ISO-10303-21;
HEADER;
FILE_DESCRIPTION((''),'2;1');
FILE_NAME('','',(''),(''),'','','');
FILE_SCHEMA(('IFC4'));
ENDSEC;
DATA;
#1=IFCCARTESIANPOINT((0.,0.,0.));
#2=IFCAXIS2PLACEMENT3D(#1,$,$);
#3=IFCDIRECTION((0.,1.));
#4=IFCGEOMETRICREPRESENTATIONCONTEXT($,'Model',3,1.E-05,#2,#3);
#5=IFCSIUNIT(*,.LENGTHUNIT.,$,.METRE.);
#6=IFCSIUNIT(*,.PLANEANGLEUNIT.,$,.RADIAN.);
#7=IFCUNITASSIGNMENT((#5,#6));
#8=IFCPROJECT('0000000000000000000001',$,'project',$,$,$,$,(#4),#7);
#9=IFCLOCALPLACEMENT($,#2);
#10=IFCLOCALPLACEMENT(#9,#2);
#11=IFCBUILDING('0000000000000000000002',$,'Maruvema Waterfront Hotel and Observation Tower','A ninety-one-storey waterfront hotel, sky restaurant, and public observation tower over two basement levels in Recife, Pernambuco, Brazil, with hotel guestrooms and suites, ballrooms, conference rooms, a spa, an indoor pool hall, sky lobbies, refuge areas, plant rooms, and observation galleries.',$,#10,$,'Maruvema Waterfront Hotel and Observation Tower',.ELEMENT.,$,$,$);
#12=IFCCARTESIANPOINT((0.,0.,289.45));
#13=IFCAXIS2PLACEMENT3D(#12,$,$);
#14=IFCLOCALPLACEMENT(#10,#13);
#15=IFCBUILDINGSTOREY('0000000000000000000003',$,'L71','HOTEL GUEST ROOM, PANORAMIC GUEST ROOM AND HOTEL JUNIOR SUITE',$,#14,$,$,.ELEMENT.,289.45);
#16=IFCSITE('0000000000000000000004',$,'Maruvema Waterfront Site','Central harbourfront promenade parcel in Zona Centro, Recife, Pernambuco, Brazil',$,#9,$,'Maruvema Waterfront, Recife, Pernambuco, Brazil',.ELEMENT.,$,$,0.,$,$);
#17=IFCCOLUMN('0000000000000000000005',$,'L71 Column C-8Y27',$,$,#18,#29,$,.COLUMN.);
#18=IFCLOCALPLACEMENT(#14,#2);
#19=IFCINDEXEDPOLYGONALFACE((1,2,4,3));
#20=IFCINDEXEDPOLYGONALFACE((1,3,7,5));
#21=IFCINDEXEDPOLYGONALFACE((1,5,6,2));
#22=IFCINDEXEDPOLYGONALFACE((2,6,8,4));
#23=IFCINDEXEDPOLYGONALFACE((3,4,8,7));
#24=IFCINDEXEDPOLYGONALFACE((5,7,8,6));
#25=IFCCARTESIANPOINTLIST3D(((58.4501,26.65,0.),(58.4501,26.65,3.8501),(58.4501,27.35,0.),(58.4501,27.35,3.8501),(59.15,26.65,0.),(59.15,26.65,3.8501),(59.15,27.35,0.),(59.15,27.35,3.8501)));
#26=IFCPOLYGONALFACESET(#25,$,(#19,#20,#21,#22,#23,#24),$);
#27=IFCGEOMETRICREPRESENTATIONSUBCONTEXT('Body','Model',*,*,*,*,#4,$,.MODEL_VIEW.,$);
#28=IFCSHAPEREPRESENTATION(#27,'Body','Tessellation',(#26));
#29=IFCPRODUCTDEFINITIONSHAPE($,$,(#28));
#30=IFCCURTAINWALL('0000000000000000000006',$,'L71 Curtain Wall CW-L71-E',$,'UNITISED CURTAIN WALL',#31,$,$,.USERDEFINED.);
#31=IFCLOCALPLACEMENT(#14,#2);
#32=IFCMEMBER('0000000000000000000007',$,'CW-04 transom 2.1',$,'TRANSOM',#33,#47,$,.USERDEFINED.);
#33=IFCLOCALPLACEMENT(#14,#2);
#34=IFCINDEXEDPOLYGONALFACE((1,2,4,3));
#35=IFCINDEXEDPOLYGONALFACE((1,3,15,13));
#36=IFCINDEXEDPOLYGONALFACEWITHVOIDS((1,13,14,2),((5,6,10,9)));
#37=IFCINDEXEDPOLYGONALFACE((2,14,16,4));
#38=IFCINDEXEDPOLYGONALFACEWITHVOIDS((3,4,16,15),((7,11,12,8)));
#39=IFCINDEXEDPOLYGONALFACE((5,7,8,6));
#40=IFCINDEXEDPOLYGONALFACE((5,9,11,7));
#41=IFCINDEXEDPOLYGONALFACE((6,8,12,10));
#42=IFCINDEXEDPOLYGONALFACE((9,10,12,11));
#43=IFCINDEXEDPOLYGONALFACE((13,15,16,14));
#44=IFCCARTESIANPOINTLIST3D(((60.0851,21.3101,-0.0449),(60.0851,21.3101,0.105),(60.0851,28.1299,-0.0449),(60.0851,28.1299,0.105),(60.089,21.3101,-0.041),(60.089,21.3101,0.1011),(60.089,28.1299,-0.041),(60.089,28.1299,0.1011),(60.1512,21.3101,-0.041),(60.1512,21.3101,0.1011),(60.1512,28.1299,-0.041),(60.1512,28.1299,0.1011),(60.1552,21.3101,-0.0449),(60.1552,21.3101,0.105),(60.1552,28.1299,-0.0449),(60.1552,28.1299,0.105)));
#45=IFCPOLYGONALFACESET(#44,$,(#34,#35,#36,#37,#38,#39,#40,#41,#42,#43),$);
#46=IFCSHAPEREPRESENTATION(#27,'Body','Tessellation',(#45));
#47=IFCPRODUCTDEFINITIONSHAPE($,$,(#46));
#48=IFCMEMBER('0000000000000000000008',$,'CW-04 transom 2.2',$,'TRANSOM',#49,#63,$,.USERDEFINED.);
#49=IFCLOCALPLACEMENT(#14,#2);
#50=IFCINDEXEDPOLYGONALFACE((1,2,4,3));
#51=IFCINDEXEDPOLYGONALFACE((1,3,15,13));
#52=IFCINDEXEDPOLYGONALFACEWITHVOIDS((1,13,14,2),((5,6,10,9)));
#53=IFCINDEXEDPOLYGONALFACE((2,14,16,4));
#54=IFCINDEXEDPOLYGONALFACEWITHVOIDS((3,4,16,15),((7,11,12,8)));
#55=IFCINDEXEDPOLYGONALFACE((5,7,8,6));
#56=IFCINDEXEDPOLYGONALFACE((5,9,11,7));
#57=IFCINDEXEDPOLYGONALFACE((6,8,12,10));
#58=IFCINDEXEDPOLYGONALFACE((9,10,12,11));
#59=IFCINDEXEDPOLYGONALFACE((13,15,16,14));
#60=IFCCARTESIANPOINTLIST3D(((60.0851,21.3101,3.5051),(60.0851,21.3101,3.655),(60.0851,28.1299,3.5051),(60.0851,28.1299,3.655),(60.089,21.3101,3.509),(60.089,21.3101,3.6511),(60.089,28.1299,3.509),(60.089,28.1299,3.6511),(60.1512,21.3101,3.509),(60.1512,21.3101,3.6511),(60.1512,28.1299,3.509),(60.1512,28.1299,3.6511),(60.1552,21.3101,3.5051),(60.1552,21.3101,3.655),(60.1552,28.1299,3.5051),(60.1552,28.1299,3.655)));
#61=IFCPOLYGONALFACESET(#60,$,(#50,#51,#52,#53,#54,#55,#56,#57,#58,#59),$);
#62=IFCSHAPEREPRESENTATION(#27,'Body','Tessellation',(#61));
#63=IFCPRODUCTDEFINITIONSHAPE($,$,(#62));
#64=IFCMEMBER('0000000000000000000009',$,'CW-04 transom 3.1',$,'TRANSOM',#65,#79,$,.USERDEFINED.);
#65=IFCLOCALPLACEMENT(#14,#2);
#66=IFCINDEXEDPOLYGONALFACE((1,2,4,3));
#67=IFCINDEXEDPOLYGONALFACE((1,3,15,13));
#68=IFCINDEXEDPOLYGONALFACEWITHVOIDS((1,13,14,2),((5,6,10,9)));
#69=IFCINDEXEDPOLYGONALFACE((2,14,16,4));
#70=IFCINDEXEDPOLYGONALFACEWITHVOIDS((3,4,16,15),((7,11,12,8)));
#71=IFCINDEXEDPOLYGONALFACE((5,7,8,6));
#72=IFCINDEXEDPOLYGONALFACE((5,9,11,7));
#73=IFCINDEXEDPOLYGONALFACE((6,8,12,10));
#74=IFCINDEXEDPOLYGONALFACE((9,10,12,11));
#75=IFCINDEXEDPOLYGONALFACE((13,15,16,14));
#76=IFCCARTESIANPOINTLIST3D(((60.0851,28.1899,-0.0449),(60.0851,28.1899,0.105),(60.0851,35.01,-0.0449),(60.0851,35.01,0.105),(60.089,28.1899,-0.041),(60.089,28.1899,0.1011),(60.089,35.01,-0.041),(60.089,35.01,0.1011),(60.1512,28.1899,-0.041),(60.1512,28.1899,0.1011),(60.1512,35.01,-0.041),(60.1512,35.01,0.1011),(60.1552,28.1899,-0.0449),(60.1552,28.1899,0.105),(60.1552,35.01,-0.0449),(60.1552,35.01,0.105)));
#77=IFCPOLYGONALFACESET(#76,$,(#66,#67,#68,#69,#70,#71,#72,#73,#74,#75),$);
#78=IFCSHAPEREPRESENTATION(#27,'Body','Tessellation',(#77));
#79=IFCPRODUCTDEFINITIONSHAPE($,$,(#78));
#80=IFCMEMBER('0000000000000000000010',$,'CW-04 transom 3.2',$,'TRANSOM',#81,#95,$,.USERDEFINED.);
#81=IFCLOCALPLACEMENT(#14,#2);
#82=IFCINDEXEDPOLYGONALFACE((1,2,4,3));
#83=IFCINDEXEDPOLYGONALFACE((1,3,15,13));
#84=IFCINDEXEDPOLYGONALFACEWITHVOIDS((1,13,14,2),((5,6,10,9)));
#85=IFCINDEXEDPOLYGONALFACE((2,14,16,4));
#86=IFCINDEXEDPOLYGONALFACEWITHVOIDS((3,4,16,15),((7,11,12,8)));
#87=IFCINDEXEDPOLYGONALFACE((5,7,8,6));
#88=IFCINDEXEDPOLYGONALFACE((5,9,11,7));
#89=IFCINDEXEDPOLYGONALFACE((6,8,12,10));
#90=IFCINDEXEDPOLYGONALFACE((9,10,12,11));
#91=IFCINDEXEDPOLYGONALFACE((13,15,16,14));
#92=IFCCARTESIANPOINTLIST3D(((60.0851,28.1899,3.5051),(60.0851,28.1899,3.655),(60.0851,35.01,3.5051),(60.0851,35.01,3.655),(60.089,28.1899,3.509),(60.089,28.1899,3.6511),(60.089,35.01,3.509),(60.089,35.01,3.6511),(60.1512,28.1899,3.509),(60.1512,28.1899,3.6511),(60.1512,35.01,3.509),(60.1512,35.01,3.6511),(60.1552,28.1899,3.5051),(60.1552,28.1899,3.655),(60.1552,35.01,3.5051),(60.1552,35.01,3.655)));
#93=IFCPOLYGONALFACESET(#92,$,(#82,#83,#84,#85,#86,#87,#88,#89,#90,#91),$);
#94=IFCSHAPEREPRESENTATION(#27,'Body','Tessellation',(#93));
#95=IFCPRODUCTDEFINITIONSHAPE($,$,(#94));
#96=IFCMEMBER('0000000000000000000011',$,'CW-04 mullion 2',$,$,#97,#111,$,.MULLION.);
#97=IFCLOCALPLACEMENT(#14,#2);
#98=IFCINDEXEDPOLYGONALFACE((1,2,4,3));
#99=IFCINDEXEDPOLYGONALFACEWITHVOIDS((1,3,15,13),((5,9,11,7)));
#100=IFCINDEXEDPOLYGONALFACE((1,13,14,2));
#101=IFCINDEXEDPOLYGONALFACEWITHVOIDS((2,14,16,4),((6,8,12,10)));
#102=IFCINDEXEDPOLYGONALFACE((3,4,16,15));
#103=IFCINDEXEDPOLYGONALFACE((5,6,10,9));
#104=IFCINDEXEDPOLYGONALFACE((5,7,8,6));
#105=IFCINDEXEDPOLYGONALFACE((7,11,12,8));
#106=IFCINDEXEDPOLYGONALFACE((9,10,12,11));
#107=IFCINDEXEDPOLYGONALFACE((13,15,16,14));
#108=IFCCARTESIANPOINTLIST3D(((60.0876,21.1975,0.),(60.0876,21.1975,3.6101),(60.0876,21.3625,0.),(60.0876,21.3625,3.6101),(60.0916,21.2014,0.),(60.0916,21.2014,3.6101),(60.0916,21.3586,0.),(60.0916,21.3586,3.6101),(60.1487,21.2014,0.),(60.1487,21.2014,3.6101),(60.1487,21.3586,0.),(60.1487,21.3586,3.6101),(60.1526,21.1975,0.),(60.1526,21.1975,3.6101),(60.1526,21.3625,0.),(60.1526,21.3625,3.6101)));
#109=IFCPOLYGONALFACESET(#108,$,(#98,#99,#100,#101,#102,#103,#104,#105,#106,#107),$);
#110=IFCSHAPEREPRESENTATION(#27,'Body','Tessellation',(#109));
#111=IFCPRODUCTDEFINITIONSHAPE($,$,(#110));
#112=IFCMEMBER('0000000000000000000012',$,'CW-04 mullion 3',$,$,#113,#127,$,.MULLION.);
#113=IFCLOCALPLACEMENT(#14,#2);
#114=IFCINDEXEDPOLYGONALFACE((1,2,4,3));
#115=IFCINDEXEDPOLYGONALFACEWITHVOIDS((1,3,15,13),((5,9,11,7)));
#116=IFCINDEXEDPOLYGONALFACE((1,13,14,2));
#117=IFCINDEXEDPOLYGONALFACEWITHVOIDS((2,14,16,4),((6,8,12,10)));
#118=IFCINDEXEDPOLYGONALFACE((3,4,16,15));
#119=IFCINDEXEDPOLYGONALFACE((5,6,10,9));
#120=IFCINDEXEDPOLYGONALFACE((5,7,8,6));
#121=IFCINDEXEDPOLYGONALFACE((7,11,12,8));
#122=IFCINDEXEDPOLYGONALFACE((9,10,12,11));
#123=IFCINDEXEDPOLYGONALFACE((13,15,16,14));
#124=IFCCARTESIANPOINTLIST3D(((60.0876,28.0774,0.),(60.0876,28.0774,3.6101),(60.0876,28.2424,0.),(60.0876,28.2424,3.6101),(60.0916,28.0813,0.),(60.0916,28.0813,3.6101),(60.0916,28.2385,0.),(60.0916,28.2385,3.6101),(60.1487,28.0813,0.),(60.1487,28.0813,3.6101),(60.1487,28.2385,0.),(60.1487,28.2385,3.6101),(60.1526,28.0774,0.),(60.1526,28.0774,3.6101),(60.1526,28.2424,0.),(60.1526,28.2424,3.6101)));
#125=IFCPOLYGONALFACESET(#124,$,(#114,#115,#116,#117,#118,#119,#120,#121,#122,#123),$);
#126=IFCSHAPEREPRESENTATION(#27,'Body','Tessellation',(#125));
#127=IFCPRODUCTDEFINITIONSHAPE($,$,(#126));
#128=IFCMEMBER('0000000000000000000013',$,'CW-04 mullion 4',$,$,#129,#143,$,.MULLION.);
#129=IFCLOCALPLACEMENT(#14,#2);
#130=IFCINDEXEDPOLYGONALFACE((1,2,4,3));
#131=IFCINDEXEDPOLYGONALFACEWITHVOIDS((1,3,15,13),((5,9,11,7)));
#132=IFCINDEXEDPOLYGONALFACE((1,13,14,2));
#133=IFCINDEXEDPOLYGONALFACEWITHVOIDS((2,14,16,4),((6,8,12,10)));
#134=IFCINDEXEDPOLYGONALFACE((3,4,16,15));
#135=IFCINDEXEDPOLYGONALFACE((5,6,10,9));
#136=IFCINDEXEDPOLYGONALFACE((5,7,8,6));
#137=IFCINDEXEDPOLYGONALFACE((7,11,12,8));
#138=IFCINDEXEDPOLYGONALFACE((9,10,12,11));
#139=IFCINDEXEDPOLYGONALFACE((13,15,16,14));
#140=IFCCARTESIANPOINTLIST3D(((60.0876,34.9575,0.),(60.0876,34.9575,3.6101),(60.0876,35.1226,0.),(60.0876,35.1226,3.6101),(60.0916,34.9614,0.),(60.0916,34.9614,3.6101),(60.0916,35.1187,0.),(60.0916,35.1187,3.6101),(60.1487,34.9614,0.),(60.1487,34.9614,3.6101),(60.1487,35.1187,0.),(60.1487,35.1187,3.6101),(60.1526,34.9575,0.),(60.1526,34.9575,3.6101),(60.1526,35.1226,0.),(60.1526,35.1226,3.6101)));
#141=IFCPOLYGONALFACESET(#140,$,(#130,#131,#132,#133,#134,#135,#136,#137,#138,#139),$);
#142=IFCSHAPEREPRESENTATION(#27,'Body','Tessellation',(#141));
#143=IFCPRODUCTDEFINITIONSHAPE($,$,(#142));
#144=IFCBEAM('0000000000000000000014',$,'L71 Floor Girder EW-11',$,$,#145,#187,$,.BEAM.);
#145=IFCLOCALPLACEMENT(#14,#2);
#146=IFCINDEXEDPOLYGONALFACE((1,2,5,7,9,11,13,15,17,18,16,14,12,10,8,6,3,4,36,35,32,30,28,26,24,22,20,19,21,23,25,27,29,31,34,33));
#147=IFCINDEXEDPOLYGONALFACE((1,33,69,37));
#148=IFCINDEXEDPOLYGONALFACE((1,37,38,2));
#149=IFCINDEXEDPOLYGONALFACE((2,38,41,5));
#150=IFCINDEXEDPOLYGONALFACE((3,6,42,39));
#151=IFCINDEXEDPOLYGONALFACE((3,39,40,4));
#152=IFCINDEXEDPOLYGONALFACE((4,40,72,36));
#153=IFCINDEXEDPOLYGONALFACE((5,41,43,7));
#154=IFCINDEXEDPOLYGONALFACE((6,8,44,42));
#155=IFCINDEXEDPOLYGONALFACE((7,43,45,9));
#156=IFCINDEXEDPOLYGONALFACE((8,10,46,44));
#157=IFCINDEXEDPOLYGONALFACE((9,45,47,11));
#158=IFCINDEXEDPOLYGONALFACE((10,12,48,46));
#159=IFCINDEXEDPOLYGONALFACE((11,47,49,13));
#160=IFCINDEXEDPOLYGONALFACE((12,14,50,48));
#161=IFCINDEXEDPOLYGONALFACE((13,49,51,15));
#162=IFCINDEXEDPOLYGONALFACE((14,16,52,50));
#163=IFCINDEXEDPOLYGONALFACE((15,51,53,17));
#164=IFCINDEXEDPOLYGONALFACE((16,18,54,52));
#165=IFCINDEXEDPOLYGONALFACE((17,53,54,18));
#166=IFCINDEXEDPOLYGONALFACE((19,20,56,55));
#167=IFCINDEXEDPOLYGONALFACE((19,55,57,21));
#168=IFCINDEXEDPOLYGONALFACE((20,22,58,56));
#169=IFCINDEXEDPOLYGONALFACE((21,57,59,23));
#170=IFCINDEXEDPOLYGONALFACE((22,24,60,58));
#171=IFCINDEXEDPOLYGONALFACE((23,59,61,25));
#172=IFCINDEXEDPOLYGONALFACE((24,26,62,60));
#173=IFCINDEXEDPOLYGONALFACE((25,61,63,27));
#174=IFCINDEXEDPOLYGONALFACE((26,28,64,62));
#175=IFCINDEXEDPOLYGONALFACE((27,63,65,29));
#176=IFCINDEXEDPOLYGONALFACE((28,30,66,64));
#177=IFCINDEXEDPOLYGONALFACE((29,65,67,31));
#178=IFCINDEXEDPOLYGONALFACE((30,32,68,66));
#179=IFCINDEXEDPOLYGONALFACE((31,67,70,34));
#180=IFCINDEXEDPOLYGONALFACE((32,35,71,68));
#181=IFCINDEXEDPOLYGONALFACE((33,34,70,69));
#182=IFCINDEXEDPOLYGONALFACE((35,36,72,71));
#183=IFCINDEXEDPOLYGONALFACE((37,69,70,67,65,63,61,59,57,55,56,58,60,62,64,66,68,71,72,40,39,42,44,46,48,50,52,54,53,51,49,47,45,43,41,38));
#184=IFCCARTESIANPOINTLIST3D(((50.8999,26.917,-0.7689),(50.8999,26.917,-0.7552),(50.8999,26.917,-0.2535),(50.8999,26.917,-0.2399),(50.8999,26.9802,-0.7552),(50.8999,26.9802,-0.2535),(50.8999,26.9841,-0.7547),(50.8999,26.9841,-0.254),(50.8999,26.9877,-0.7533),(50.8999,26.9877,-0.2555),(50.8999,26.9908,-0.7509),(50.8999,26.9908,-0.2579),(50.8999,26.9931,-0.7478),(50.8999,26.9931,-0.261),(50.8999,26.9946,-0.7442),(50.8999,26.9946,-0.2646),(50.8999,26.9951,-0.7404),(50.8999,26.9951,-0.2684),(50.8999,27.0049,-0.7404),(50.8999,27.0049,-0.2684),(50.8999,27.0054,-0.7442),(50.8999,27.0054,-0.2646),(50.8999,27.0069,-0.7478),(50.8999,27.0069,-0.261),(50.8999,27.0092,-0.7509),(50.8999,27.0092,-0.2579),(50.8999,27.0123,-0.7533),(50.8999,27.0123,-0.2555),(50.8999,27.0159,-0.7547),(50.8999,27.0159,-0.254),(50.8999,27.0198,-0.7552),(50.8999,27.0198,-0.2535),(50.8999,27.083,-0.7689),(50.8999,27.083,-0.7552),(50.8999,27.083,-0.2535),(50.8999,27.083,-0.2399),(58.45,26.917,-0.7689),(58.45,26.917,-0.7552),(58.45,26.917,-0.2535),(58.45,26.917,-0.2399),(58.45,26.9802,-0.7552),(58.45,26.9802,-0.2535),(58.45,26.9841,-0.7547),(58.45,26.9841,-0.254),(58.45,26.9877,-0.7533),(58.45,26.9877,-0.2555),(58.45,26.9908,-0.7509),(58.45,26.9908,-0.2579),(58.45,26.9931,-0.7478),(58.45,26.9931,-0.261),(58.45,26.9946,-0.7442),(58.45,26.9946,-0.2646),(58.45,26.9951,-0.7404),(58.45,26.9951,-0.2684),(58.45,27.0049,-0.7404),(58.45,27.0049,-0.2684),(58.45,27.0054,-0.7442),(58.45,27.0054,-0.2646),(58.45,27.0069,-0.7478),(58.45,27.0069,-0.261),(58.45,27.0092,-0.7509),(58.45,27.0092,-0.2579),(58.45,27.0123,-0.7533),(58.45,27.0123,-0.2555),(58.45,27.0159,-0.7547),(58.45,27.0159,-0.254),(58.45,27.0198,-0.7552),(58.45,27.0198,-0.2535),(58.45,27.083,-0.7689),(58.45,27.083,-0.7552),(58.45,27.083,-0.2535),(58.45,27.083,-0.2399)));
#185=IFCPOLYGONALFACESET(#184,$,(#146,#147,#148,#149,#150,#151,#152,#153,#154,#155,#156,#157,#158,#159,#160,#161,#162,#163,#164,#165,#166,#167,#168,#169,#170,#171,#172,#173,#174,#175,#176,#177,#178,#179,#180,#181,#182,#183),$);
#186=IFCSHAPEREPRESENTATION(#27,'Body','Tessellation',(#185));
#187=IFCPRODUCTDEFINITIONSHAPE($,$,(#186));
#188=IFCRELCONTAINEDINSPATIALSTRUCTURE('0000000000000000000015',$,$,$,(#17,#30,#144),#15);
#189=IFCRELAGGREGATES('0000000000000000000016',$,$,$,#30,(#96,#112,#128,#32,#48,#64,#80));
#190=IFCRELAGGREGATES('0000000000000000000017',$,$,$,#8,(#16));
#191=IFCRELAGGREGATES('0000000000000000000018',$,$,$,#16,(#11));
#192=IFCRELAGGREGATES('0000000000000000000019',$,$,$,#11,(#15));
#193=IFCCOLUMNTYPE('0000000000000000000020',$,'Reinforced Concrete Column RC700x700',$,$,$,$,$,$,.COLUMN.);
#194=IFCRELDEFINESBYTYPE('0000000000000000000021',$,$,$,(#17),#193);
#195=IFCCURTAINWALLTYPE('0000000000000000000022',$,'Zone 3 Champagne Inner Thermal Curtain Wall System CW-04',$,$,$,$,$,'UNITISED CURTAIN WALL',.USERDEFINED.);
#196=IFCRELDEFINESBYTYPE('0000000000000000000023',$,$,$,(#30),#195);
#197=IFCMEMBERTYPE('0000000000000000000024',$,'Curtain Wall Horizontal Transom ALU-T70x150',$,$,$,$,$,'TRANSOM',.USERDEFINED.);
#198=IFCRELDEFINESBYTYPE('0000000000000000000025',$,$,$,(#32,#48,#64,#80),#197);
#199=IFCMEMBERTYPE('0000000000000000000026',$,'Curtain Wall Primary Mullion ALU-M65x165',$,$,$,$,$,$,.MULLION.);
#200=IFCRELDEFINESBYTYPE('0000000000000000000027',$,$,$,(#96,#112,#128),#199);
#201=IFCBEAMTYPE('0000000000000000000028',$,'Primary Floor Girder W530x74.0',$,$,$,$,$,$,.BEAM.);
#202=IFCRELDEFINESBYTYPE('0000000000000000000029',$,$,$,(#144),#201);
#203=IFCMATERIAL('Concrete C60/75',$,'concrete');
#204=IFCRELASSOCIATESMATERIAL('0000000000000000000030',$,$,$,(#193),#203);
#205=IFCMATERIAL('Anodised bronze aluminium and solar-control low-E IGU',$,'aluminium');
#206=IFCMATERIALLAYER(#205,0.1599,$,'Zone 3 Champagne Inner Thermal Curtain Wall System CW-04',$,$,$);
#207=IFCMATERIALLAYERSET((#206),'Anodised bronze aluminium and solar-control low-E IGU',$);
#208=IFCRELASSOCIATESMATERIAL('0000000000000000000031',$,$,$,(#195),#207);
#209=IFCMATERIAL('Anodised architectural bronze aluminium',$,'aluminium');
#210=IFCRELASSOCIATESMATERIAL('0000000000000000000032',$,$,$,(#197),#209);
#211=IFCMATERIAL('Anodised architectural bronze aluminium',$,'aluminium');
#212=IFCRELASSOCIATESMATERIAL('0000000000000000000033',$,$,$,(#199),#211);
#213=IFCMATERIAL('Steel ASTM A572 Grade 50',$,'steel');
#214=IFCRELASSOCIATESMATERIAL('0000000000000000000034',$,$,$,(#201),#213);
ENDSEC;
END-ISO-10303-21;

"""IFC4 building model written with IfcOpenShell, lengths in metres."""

from ifc_helpers import new_model, si_unit, direction, frame, origin, origin_2d, place, context, subcontext, project, spatial, rectangle, hollow_rectangle, i_section, extrude, material, layer, layer_set, material_profile, profile_set, type_object, element, aggregate, save


model = new_model("IFC4")

# Units and contexts
model_context = context("Model", 3, precision=1e-05, world=origin(), true_north=direction((0.0, 1.0)))
body_context = subcontext(model_context, "Body", "Model", "MODEL_VIEW")
ifc_project = project(units=[si_unit("LENGTHUNIT", "METRE"), si_unit("PLANEANGLEUNIT", "RADIAN")], contexts=[model_context])

# Site, building, storey
site_placement = place(None, origin())
site = spatial("IfcSite", under=ifc_project, at=site_placement, Name="Maruvema Waterfront Site", Description="Central harbourfront promenade parcel in Zona Centro, Recife, Pernambuco, Brazil", LongName="Maruvema Waterfront, Recife, Pernambuco, Brazil", CompositionType="ELEMENT", RefElevation=0.0)
building_placement = place(site_placement, origin())
building = spatial("IfcBuilding", under=site, at=building_placement, Name="Maruvema Waterfront Hotel and Observation Tower", Description="A ninety-one-storey waterfront hotel, sky restaurant, and public observation tower over two basement levels in Recife, Pernambuco, Brazil, with hotel guestrooms and suites, ballrooms, conference rooms, a spa, an indoor pool hall, sky lobbies, refuge areas, plant rooms, and observation galleries.", LongName="Maruvema Waterfront Hotel and Observation Tower", CompositionType="ELEMENT")
storey_placement = place(building_placement, frame((0.0, 0.0, 289.45)))
storey = spatial("IfcBuildingStorey", under=building, at=storey_placement, Name="L71", Description="HOTEL GUEST ROOM, PANORAMIC GUEST ROOM AND HOTEL JUNIOR SUITE", CompositionType="ELEMENT", Elevation=289.45)

# Column
ifc_material_1 = material(Name="Concrete C60/75", Category="concrete")
ifc_material_profile_1 = material_profile(ifc_material_1, rectangle(XDim=0.7, YDim=0.7, at=origin_2d()), Name="RC700x700")
ifc_profile_set_1 = profile_set([ifc_material_profile_1], Name="Concrete C60/75")
column_type = type_object("IfcColumnType", Name="Reinforced Concrete Column RC700x700", PredefinedType="COLUMN", material=ifc_profile_set_1)
column_placement = place(storey_placement, frame((58.8, 27.0, 0.0), z_axis=(0.0, 0.0, 1.0), x_axis=(1.0, 0.0, 0.0)))
element("IfcColumn", 1, at=column_placement, inside=storey, type_object=column_type, Name="L71 Column C-8Y27", PredefinedType="COLUMN", context=body_context, shape_type="SweptSolid", body=[
    extrude(rectangle(XDim=0.7, YDim=0.7, at=origin_2d()), origin(), (0.0, 0.0, 1.0), 3.8501),
])

# Curtain wall, members
ifc_material_2 = material(Name="Anodised bronze aluminium and solar-control low-E IGU", Category="aluminium")
ifc_layer_1 = layer(ifc_material_2, 0.1599, Name="Zone 3 Champagne Inner Thermal Curtain Wall System CW-04")
ifc_layer_set_1 = layer_set([ifc_layer_1], Name="Anodised bronze aluminium and solar-control low-E IGU")
curtain_wall_type = type_object("IfcCurtainWallType", Name="Zone 3 Champagne Inner Thermal Curtain Wall System CW-04", ElementType="UNITISED CURTAIN WALL", PredefinedType="USERDEFINED", material=ifc_layer_set_1)
curtain_wall_placement = place(storey_placement, origin())
curtain_wall = element("IfcCurtainWall", 2, at=curtain_wall_placement, inside=storey, type_object=curtain_wall_type, Name="L71 Curtain Wall CW-L71-E", ObjectType="UNITISED CURTAIN WALL", PredefinedType="USERDEFINED")
ifc_material_3 = material(Name="Anodised architectural bronze aluminium", Category="aluminium")
ifc_material_profile_2 = material_profile(ifc_material_3, hollow_rectangle(XDim=0.0701, YDim=0.1499, WallThickness=0.0039, at=origin_2d()), Name="ALU-T70x150")
ifc_profile_set_2 = profile_set([ifc_material_profile_2], Name="Anodised architectural bronze aluminium")
member_type_1 = type_object("IfcMemberType", Name="Curtain Wall Horizontal Transom ALU-T70x150", ElementType="TRANSOM", PredefinedType="USERDEFINED", material=ifc_profile_set_2)
member_1_placement = place(storey_placement, frame((60.1201, 21.3101, 0.03), z_axis=(0.0, 1.0, 0.0), x_axis=(-1.0, 0.0, 0.0)))
member_1 = element("IfcMember", 3, at=member_1_placement, type_object=member_type_1, Name="CW-04 transom 2.1", ObjectType="TRANSOM", PredefinedType="USERDEFINED", context=body_context, shape_type="SweptSolid", body=[
    extrude(hollow_rectangle(XDim=0.0701, YDim=0.1499, WallThickness=0.0039, at=origin_2d()), origin(), (0.0, 0.0, 1.0), 6.8198),
])
member_2_placement = place(storey_placement, frame((60.1201, 21.3101, 3.5801), z_axis=(0.0, 1.0, 0.0), x_axis=(-1.0, 0.0, 0.0)))
member_2 = element("IfcMember", 4, at=member_2_placement, type_object=member_type_1, Name="CW-04 transom 2.2", ObjectType="TRANSOM", PredefinedType="USERDEFINED", context=body_context, shape_type="SweptSolid", body=[
    extrude(hollow_rectangle(XDim=0.0701, YDim=0.1499, WallThickness=0.0039, at=origin_2d()), origin(), (0.0, 0.0, 1.0), 6.8198),
])
member_3_placement = place(storey_placement, frame((60.1201, 28.1899, 0.03), z_axis=(0.0, 1.0, 0.0), x_axis=(-1.0, 0.0, 0.0)))
member_3 = element("IfcMember", 5, at=member_3_placement, type_object=member_type_1, Name="CW-04 transom 3.1", ObjectType="TRANSOM", PredefinedType="USERDEFINED", context=body_context, shape_type="SweptSolid", body=[
    extrude(hollow_rectangle(XDim=0.0701, YDim=0.1499, WallThickness=0.0039, at=origin_2d()), origin(), (0.0, 0.0, 1.0), 6.8201),
])
member_4_placement = place(storey_placement, frame((60.1201, 28.1899, 3.5801), z_axis=(0.0, 1.0, 0.0), x_axis=(-1.0, 0.0, 0.0)))
member_4 = element("IfcMember", 6, at=member_4_placement, type_object=member_type_1, Name="CW-04 transom 3.2", ObjectType="TRANSOM", PredefinedType="USERDEFINED", context=body_context, shape_type="SweptSolid", body=[
    extrude(hollow_rectangle(XDim=0.0701, YDim=0.1499, WallThickness=0.0039, at=origin_2d()), origin(), (0.0, 0.0, 1.0), 6.8201),
])
ifc_material_4 = material(Name="Anodised architectural bronze aluminium", Category="aluminium")
ifc_material_profile_3 = material_profile(ifc_material_4, hollow_rectangle(XDim=0.0649, YDim=0.165, WallThickness=0.0039, at=origin_2d()), Name="ALU-M65x165")
ifc_profile_set_3 = profile_set([ifc_material_profile_3], Name="Anodised architectural bronze aluminium")
member_type_2 = type_object("IfcMemberType", Name="Curtain Wall Primary Mullion ALU-M65x165", PredefinedType="MULLION", material=ifc_profile_set_3)
member_5_placement = place(storey_placement, frame((60.1201, 21.28, 0.0), z_axis=(0.0, 0.0, 1.0), x_axis=(-1.0, 0.0, 0.0)))
member_5 = element("IfcMember", 7, at=member_5_placement, type_object=member_type_2, Name="CW-04 mullion 2", PredefinedType="MULLION", context=body_context, shape_type="SweptSolid", body=[
    extrude(hollow_rectangle(XDim=0.0649, YDim=0.165, WallThickness=0.0039, at=origin_2d()), origin(), (0.0, 0.0, 1.0), 3.6101),
])
member_6_placement = place(storey_placement, frame((60.1201, 28.1599, 0.0), z_axis=(0.0, 0.0, 1.0), x_axis=(-1.0, 0.0, 0.0)))
member_6 = element("IfcMember", 8, at=member_6_placement, type_object=member_type_2, Name="CW-04 mullion 3", PredefinedType="MULLION", context=body_context, shape_type="SweptSolid", body=[
    extrude(hollow_rectangle(XDim=0.0649, YDim=0.165, WallThickness=0.0039, at=origin_2d()), origin(), (0.0, 0.0, 1.0), 3.6101),
])
member_7_placement = place(storey_placement, frame((60.1201, 35.04, 0.0), z_axis=(0.0, 0.0, 1.0), x_axis=(-1.0, 0.0, 0.0)))
member_7 = element("IfcMember", 9, at=member_7_placement, type_object=member_type_2, Name="CW-04 mullion 4", PredefinedType="MULLION", context=body_context, shape_type="SweptSolid", body=[
    extrude(hollow_rectangle(XDim=0.0649, YDim=0.165, WallThickness=0.0039, at=origin_2d()), origin(), (0.0, 0.0, 1.0), 3.6101),
])

# Beam
ifc_material_5 = material(Name="Steel ASTM A572 Grade 50", Category="steel")
ifc_material_profile_4 = material_profile(ifc_material_5, i_section(OverallWidth=0.166, OverallDepth=0.5291, WebThickness=0.0098, FlangeThickness=0.0137, FilletRadius=0.0149, at=origin_2d()), Name="W530x74.0")
ifc_profile_set_4 = profile_set([ifc_material_profile_4], Name="Steel ASTM A572 Grade 50")
beam_type_1 = type_object("IfcBeamType", Name="Primary Floor Girder W530x74.0", PredefinedType="BEAM", material=ifc_profile_set_4)
beam_1_placement = place(storey_placement, frame((50.8999, 27.0, -0.5044), z_axis=(1.0, 0.0, 0.0), x_axis=(0.0, 1.0, 0.0)))
element("IfcBeam", 10, at=beam_1_placement, inside=storey, type_object=beam_type_1, Name="L71 Floor Girder EW-11", PredefinedType="BEAM", context=body_context, shape_type="SweptSolid", body=[
    extrude(i_section(OverallWidth=0.166, OverallDepth=0.5291, WebThickness=0.0098, FlangeThickness=0.0137, FilletRadius=0.0149, at=origin_2d()), origin(), (0.0, 0.0, 1.0), 7.55),
])

aggregate(curtain_wall, [member_5, member_6, member_7, member_1, member_2, member_3, member_4])

save(model, "model.ifc")
